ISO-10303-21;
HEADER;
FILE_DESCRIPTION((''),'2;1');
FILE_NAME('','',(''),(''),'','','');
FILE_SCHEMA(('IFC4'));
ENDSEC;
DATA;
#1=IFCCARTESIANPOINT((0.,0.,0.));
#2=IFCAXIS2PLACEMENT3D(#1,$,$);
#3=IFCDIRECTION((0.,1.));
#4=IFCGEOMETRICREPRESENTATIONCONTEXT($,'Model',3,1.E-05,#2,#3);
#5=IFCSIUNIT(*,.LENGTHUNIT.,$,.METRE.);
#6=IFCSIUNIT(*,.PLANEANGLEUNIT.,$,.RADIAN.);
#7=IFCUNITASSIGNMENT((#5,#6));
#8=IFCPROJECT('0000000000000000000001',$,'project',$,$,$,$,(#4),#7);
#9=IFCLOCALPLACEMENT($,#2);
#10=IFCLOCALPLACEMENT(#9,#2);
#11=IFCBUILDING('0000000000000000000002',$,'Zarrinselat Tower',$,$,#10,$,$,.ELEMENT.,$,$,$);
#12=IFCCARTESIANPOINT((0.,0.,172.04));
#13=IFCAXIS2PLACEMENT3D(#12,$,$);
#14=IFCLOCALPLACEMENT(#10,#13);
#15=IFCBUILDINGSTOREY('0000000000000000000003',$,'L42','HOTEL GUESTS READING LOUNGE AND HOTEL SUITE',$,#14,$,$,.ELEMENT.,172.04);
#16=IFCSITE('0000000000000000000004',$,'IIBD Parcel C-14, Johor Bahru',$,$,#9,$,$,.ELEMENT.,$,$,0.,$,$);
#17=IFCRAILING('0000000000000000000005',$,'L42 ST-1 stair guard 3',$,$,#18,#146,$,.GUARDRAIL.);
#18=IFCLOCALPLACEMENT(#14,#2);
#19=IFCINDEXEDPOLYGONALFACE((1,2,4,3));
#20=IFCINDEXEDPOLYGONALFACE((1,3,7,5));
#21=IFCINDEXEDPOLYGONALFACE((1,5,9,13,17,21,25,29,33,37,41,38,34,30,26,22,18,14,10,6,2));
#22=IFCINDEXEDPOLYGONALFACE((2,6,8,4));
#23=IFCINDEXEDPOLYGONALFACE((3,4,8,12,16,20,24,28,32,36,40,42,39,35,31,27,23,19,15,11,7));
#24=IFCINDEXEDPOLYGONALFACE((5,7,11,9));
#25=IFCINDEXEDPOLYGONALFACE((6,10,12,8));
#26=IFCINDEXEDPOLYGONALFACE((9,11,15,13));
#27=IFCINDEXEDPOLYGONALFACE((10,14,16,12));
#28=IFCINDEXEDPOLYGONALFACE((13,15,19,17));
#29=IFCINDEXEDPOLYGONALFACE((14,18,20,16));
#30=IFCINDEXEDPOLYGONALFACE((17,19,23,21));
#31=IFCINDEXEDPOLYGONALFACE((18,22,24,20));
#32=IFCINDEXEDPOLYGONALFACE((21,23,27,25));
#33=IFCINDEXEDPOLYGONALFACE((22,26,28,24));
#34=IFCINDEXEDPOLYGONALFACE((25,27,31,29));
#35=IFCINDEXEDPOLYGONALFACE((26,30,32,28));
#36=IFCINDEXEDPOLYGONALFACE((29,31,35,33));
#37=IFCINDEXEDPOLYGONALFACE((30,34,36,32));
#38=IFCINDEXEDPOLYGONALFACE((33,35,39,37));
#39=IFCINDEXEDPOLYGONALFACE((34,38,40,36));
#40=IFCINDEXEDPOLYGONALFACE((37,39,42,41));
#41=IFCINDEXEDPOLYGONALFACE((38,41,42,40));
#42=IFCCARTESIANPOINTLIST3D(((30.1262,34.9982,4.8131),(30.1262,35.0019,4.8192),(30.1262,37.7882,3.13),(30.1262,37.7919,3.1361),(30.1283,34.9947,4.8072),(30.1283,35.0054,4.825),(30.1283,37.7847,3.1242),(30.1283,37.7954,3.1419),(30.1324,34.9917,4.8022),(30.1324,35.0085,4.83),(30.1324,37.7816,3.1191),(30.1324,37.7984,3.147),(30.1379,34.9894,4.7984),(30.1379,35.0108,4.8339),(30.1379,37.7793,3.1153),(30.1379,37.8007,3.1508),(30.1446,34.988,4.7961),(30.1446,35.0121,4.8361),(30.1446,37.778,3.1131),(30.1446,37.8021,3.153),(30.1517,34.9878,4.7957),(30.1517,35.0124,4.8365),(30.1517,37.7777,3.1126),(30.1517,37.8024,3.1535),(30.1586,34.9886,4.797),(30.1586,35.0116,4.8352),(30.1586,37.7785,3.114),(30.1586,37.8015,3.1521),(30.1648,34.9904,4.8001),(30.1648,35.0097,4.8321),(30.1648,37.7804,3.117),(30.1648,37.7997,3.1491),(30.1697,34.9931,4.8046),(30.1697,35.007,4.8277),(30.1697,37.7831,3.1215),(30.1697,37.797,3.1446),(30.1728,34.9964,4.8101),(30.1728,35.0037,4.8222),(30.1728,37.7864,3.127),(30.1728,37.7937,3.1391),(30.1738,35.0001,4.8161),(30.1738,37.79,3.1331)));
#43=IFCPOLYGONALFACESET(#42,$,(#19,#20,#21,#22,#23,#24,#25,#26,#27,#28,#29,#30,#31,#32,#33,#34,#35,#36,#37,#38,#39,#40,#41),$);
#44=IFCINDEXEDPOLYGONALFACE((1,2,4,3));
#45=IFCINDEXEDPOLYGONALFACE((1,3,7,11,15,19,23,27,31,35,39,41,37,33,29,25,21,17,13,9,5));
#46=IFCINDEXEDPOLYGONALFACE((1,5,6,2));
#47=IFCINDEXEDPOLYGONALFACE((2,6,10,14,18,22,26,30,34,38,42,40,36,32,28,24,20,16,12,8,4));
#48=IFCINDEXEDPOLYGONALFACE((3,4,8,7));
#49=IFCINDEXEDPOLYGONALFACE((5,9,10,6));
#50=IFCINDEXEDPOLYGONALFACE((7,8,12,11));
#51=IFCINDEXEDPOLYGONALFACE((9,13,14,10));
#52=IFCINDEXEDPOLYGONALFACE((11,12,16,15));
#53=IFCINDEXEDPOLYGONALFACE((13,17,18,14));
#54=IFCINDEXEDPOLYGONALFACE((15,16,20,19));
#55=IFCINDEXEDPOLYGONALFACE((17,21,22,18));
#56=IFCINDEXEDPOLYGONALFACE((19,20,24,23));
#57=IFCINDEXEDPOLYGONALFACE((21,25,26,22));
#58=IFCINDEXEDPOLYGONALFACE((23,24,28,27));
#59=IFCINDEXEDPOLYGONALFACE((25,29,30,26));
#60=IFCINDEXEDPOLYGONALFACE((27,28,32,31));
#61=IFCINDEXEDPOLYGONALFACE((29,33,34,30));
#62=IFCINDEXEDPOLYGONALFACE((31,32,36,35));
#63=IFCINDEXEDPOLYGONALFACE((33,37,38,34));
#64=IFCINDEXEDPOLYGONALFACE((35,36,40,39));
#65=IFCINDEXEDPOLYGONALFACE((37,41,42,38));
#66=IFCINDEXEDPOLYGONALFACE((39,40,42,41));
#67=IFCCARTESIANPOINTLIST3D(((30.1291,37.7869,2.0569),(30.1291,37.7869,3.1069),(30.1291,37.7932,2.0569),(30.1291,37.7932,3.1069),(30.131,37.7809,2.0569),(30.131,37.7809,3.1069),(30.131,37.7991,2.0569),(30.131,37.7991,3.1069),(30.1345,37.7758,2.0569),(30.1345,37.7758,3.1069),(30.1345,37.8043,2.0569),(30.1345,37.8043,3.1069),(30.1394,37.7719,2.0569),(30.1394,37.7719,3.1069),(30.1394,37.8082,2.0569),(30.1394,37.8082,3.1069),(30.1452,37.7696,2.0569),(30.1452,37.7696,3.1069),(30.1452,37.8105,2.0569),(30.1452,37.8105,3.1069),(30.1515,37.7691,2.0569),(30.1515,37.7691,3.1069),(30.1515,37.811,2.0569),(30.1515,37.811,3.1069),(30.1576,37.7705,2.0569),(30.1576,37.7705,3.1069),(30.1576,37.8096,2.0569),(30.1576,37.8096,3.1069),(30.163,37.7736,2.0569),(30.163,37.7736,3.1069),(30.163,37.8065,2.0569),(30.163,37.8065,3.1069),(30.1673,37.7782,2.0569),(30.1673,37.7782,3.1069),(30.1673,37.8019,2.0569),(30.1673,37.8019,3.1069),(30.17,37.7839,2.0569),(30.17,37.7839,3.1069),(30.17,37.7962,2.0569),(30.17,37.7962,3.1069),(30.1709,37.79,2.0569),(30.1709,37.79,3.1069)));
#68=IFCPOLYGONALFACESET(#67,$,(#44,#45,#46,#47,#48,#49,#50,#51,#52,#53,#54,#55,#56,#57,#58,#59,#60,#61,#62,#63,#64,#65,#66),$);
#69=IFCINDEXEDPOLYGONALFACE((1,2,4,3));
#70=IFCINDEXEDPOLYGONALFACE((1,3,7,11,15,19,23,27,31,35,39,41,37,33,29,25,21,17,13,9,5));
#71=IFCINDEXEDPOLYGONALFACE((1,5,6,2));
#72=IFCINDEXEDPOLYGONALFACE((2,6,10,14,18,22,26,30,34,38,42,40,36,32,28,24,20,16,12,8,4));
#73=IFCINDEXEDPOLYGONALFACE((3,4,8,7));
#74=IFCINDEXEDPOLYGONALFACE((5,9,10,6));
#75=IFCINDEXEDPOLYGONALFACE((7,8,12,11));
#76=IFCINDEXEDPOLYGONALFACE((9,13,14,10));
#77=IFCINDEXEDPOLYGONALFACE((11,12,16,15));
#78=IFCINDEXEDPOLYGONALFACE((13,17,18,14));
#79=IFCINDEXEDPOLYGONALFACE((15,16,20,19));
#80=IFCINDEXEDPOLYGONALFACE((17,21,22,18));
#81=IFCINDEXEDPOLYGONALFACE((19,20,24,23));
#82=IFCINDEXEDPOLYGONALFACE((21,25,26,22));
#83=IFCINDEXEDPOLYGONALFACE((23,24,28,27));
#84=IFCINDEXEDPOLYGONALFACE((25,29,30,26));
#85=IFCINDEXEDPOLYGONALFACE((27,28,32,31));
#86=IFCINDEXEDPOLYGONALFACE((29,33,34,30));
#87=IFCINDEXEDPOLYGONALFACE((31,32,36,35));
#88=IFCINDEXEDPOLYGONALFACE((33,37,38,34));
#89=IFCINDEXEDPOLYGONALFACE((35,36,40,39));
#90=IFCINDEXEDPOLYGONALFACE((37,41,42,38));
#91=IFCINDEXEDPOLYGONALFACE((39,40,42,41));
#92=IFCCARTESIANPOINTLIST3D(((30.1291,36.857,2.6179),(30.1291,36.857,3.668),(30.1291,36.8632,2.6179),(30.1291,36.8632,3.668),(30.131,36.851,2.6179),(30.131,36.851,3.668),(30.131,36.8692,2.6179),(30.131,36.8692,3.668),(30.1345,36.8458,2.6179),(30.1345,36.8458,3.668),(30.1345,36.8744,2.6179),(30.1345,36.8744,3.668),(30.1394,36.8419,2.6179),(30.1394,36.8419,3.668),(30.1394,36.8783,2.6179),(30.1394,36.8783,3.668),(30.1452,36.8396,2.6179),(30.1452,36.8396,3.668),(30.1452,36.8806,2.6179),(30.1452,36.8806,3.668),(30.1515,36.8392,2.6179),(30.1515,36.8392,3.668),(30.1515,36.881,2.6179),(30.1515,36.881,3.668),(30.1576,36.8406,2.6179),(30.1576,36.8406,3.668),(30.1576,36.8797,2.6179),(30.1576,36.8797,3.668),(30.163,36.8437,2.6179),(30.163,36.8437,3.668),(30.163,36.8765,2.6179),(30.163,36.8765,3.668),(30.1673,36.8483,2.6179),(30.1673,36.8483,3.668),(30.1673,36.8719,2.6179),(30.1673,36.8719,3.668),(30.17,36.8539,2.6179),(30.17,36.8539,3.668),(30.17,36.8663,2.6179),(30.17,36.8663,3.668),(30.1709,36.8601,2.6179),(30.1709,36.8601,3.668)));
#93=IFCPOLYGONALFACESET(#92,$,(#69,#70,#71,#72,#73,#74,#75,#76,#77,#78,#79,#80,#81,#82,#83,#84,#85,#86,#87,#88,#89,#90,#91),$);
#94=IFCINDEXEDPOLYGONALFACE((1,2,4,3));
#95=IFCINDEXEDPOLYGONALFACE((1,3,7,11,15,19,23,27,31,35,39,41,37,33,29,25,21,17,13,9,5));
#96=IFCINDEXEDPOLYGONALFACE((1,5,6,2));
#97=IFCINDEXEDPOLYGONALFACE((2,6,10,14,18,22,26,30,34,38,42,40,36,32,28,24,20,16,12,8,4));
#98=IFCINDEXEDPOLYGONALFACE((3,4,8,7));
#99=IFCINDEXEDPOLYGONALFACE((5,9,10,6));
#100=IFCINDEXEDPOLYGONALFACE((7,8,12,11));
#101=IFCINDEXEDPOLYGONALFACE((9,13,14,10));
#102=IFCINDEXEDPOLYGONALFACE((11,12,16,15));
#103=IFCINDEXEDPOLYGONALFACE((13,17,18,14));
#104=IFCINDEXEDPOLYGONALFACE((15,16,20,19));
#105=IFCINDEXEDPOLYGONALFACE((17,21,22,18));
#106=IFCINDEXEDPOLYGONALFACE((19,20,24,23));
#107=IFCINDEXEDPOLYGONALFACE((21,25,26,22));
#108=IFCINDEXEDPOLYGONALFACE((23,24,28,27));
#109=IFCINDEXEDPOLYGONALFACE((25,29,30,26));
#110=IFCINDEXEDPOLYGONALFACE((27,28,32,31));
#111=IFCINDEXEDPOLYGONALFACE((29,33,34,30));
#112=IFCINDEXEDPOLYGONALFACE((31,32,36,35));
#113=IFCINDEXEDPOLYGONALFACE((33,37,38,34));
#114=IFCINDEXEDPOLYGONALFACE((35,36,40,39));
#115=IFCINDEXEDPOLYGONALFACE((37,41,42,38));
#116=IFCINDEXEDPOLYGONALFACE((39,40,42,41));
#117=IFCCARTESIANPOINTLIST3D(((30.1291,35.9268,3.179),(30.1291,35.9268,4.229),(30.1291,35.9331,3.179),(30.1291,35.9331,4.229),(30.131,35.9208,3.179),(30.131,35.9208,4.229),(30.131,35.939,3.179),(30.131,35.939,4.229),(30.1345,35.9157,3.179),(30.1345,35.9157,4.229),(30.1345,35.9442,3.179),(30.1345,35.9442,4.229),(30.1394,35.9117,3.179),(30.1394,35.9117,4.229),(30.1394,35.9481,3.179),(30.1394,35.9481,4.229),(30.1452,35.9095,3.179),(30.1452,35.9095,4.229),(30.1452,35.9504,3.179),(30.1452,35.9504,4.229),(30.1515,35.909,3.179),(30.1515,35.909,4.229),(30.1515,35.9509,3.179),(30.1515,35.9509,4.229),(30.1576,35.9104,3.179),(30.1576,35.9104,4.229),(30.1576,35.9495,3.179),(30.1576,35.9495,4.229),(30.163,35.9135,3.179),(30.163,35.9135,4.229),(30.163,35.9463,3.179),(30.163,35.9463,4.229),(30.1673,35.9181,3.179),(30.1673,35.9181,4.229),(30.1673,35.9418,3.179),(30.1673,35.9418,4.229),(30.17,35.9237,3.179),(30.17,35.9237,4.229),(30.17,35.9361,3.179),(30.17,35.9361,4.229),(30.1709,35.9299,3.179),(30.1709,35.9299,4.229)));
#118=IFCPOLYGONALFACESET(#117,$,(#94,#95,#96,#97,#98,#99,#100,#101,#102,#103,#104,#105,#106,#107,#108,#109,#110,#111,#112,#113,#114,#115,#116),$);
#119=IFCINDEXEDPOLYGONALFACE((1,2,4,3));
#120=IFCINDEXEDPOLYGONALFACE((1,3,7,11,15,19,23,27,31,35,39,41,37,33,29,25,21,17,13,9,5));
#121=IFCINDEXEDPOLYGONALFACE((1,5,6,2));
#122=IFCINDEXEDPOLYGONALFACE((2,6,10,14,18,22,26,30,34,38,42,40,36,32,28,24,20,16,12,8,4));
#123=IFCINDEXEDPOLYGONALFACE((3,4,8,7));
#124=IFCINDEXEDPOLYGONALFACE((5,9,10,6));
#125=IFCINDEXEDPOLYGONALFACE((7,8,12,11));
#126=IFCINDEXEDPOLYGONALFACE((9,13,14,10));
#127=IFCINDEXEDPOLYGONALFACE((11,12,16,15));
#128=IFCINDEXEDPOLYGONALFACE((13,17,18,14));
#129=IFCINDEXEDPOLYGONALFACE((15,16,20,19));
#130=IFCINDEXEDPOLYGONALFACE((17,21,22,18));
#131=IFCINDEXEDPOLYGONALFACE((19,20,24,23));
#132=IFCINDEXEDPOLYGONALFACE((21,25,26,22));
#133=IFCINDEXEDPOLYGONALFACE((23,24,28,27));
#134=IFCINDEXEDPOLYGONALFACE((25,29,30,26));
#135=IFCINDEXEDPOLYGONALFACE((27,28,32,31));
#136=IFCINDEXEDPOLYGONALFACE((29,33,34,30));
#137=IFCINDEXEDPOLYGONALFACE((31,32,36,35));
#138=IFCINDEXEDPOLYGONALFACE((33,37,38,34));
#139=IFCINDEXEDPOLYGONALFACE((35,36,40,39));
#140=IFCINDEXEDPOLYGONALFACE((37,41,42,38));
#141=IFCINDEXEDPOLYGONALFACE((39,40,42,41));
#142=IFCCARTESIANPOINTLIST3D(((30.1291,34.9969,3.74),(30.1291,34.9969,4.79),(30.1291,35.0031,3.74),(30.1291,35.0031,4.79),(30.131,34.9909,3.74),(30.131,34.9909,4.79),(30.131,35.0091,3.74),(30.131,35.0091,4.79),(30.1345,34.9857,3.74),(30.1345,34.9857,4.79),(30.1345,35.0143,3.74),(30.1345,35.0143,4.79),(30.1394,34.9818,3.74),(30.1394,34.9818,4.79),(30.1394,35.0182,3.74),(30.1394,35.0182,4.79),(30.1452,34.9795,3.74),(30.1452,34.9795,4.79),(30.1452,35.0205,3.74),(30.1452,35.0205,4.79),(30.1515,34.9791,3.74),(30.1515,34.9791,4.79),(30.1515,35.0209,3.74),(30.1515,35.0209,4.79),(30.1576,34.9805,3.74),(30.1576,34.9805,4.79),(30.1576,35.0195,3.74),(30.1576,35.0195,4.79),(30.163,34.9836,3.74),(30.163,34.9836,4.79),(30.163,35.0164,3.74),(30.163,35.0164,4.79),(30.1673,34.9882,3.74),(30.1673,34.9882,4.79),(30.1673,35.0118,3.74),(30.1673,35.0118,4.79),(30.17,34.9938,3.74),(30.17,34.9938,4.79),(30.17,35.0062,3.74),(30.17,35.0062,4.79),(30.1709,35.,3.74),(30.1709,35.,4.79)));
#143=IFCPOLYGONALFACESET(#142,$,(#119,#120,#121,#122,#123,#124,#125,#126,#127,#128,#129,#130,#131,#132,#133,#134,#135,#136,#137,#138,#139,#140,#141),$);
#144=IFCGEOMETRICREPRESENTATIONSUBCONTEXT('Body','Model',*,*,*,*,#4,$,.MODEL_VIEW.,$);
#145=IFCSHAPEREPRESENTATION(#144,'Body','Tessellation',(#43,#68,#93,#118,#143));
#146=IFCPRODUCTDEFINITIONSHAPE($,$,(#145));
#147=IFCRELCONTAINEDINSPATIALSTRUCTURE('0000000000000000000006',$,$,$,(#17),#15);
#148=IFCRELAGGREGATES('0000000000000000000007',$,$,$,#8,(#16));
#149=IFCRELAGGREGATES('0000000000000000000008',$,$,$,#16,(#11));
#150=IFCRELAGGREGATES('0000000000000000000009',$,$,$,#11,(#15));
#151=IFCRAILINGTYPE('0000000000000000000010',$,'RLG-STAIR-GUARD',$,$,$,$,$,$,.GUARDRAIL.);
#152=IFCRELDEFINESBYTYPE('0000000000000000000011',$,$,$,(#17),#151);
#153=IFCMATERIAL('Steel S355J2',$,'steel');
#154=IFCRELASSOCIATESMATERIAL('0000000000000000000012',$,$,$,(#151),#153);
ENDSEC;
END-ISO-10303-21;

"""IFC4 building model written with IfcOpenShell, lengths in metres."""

from ifc_helpers import new_model, si_unit, direction, frame, origin, origin_2d, place, context, subcontext, project, spatial, circle, extrude, material, type_object, element, save


model = new_model("IFC4")

# Units and contexts
model_context = context("Model", 3, precision=1e-05, world=origin(), true_north=direction((0.0, 1.0)))
body_context = subcontext(model_context, "Body", "Model", "MODEL_VIEW")
ifc_project = project(units=[si_unit("LENGTHUNIT", "METRE"), si_unit("PLANEANGLEUNIT", "RADIAN")], contexts=[model_context])

# Site, building, storey
site_placement = place(None, origin())
site = spatial("IfcSite", under=ifc_project, at=site_placement, Name="IIBD Parcel C-14, Johor Bahru", CompositionType="ELEMENT", RefElevation=0.0)
building_placement = place(site_placement, origin())
building = spatial("IfcBuilding", under=site, at=building_placement, Name="Zarrinselat Tower", CompositionType="ELEMENT")
storey_placement = place(building_placement, frame((0.0, 0.0, 172.04)))
storey = spatial("IfcBuildingStorey", under=building, at=storey_placement, Name="L42", Description="HOTEL GUESTS READING LOUNGE AND HOTEL SUITE", CompositionType="ELEMENT", Elevation=172.04)

# Railing
ifc_material_1 = material(Name="Steel S355J2", Category="steel")
railing_type_1 = type_object("IfcRailingType", Name="RLG-STAIR-GUARD", PredefinedType="GUARDRAIL", material=ifc_material_1)
railing_1_placement = place(storey_placement, frame((30.1499, 37.79, 2.0569)))
element("IfcRailing", 1, at=railing_1_placement, inside=storey, type_object=railing_type_1, Name="L42 ST-1 stair guard 3", PredefinedType="GUARDRAIL", context=body_context, shape_type="SweptSolid", body=[
    extrude(circle(Radius=0.0239, at=origin_2d()), frame((0.0, 0.0, 1.0762), z_axis=(0.0, -0.856261, 0.516544), x_axis=(1.0, 0.0, 0.0)), (0.0, 0.0, 1.0), 3.2583),
    extrude(circle(Radius=0.021, at=origin_2d()), origin(), (0.0, 0.0, 1.0), 1.05),
    extrude(circle(Radius=0.021, at=origin_2d()), frame((0.0, -0.9299, 0.561)), (0.0, 0.0, 1.0), 1.05),
    extrude(circle(Radius=0.021, at=origin_2d()), frame((0.0, -1.8601, 1.1221)), (0.0, 0.0, 1.0), 1.05),
    extrude(circle(Radius=0.021, at=origin_2d()), frame((0.0, -2.79, 1.6831)), (0.0, 0.0, 1.0), 1.05),
])

save(model, "model.ifc")
